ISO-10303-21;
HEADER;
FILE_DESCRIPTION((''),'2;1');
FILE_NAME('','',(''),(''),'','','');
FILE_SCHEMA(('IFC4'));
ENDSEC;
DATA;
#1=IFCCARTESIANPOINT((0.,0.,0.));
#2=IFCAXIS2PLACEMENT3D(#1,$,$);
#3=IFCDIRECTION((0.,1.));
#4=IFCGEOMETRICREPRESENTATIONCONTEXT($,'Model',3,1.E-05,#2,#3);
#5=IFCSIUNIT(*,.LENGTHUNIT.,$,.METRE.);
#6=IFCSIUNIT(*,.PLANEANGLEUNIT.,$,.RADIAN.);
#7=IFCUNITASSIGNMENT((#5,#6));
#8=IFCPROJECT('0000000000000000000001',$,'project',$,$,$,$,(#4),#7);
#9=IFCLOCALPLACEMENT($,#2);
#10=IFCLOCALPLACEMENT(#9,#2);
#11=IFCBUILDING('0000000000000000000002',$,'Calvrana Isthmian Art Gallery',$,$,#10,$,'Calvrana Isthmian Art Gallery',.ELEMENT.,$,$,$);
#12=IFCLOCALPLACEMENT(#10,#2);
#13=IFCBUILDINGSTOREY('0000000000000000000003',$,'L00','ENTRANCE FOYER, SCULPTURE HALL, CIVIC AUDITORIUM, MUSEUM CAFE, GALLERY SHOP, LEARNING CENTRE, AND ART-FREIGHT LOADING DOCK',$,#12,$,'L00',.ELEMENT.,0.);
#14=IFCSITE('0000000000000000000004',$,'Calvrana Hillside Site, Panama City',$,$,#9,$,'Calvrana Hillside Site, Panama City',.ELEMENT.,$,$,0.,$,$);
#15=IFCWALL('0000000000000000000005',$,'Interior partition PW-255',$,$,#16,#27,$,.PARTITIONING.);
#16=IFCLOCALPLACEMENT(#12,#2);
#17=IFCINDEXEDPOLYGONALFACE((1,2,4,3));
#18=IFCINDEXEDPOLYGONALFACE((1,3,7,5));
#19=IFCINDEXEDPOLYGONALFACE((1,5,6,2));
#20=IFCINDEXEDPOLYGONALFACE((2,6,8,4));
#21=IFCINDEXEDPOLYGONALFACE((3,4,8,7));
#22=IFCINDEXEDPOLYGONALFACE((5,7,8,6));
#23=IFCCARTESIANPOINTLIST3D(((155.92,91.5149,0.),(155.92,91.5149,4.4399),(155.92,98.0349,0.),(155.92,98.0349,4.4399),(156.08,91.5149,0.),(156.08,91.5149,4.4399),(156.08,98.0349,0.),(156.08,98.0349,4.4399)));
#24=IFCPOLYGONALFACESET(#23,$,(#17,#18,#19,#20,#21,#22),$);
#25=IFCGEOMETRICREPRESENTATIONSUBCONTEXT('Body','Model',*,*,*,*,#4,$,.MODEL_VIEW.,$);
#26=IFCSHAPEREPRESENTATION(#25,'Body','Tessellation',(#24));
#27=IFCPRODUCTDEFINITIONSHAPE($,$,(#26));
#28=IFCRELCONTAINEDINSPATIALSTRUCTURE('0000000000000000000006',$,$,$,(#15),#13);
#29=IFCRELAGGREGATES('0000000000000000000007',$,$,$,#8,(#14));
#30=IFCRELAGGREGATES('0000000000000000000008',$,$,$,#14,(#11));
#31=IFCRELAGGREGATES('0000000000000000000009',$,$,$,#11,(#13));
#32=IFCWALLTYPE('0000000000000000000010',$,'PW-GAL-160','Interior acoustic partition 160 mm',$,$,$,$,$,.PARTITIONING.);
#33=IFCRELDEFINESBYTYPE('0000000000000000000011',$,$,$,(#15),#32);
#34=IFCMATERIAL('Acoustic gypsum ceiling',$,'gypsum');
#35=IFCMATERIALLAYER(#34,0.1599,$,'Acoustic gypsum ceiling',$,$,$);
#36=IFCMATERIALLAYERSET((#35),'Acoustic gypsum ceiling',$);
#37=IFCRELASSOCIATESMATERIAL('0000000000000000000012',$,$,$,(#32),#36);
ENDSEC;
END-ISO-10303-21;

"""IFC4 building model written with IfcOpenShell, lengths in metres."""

from ifc_helpers import new_model, si_unit, direction, frame, frame_2d, origin, place, context, subcontext, project, spatial, rectangle, extrude, material, layer, layer_set, type_object, element, save


model = new_model("IFC4")

# Units and contexts
model_context = context("Model", 3, precision=1e-05, world=origin(), true_north=direction((0.0, 1.0)))
body_context = subcontext(model_context, "Body", "Model", "MODEL_VIEW")
ifc_project = project(units=[si_unit("LENGTHUNIT", "METRE"), si_unit("PLANEANGLEUNIT", "RADIAN")], contexts=[model_context])

# Site, building, storey
site_placement = place(None, origin())
site = spatial("IfcSite", under=ifc_project, at=site_placement, Name="Calvrana Hillside Site, Panama City", LongName="Calvrana Hillside Site, Panama City", CompositionType="ELEMENT", RefElevation=0.0)
building_placement = place(site_placement, origin())
building = spatial("IfcBuilding", under=site, at=building_placement, Name="Calvrana Isthmian Art Gallery", LongName="Calvrana Isthmian Art Gallery", CompositionType="ELEMENT")
storey_placement = place(building_placement, origin())
storey = spatial("IfcBuildingStorey", under=building, at=storey_placement, Name="L00", Description="ENTRANCE FOYER, SCULPTURE HALL, CIVIC AUDITORIUM, MUSEUM CAFE, GALLERY SHOP, LEARNING CENTRE, AND ART-FREIGHT LOADING DOCK", LongName="L00", CompositionType="ELEMENT", Elevation=0.0)

# Wall
ifc_material_1 = material(Name="Acoustic gypsum ceiling", Category="gypsum")
ifc_layer_1 = layer(ifc_material_1, 0.1599, Name="Acoustic gypsum ceiling")
ifc_layer_set_1 = layer_set([ifc_layer_1], Name="Acoustic gypsum ceiling")
wall_type_1 = type_object("IfcWallType", Name="PW-GAL-160", Description="Interior acoustic partition 160 mm", PredefinedType="PARTITIONING", material=ifc_layer_set_1)
wall_1_placement = place(storey_placement, frame((156.0, 91.5149, 0.0), z_axis=(0.0, 0.0, 1.0), x_axis=(0.0, 1.0, 0.0)))
element("IfcWall", 1, at=wall_1_placement, inside=storey, type_object=wall_type_1, Name="Interior partition PW-255", PredefinedType="PARTITIONING", context=body_context, shape_type="SweptSolid", body=[
    extrude(rectangle(XDim=6.52, YDim=0.1599, at=frame_2d((3.26, 0.0))), origin(), (0.0, 0.0, 1.0), 4.4399),
])

save(model, "model.ifc")
